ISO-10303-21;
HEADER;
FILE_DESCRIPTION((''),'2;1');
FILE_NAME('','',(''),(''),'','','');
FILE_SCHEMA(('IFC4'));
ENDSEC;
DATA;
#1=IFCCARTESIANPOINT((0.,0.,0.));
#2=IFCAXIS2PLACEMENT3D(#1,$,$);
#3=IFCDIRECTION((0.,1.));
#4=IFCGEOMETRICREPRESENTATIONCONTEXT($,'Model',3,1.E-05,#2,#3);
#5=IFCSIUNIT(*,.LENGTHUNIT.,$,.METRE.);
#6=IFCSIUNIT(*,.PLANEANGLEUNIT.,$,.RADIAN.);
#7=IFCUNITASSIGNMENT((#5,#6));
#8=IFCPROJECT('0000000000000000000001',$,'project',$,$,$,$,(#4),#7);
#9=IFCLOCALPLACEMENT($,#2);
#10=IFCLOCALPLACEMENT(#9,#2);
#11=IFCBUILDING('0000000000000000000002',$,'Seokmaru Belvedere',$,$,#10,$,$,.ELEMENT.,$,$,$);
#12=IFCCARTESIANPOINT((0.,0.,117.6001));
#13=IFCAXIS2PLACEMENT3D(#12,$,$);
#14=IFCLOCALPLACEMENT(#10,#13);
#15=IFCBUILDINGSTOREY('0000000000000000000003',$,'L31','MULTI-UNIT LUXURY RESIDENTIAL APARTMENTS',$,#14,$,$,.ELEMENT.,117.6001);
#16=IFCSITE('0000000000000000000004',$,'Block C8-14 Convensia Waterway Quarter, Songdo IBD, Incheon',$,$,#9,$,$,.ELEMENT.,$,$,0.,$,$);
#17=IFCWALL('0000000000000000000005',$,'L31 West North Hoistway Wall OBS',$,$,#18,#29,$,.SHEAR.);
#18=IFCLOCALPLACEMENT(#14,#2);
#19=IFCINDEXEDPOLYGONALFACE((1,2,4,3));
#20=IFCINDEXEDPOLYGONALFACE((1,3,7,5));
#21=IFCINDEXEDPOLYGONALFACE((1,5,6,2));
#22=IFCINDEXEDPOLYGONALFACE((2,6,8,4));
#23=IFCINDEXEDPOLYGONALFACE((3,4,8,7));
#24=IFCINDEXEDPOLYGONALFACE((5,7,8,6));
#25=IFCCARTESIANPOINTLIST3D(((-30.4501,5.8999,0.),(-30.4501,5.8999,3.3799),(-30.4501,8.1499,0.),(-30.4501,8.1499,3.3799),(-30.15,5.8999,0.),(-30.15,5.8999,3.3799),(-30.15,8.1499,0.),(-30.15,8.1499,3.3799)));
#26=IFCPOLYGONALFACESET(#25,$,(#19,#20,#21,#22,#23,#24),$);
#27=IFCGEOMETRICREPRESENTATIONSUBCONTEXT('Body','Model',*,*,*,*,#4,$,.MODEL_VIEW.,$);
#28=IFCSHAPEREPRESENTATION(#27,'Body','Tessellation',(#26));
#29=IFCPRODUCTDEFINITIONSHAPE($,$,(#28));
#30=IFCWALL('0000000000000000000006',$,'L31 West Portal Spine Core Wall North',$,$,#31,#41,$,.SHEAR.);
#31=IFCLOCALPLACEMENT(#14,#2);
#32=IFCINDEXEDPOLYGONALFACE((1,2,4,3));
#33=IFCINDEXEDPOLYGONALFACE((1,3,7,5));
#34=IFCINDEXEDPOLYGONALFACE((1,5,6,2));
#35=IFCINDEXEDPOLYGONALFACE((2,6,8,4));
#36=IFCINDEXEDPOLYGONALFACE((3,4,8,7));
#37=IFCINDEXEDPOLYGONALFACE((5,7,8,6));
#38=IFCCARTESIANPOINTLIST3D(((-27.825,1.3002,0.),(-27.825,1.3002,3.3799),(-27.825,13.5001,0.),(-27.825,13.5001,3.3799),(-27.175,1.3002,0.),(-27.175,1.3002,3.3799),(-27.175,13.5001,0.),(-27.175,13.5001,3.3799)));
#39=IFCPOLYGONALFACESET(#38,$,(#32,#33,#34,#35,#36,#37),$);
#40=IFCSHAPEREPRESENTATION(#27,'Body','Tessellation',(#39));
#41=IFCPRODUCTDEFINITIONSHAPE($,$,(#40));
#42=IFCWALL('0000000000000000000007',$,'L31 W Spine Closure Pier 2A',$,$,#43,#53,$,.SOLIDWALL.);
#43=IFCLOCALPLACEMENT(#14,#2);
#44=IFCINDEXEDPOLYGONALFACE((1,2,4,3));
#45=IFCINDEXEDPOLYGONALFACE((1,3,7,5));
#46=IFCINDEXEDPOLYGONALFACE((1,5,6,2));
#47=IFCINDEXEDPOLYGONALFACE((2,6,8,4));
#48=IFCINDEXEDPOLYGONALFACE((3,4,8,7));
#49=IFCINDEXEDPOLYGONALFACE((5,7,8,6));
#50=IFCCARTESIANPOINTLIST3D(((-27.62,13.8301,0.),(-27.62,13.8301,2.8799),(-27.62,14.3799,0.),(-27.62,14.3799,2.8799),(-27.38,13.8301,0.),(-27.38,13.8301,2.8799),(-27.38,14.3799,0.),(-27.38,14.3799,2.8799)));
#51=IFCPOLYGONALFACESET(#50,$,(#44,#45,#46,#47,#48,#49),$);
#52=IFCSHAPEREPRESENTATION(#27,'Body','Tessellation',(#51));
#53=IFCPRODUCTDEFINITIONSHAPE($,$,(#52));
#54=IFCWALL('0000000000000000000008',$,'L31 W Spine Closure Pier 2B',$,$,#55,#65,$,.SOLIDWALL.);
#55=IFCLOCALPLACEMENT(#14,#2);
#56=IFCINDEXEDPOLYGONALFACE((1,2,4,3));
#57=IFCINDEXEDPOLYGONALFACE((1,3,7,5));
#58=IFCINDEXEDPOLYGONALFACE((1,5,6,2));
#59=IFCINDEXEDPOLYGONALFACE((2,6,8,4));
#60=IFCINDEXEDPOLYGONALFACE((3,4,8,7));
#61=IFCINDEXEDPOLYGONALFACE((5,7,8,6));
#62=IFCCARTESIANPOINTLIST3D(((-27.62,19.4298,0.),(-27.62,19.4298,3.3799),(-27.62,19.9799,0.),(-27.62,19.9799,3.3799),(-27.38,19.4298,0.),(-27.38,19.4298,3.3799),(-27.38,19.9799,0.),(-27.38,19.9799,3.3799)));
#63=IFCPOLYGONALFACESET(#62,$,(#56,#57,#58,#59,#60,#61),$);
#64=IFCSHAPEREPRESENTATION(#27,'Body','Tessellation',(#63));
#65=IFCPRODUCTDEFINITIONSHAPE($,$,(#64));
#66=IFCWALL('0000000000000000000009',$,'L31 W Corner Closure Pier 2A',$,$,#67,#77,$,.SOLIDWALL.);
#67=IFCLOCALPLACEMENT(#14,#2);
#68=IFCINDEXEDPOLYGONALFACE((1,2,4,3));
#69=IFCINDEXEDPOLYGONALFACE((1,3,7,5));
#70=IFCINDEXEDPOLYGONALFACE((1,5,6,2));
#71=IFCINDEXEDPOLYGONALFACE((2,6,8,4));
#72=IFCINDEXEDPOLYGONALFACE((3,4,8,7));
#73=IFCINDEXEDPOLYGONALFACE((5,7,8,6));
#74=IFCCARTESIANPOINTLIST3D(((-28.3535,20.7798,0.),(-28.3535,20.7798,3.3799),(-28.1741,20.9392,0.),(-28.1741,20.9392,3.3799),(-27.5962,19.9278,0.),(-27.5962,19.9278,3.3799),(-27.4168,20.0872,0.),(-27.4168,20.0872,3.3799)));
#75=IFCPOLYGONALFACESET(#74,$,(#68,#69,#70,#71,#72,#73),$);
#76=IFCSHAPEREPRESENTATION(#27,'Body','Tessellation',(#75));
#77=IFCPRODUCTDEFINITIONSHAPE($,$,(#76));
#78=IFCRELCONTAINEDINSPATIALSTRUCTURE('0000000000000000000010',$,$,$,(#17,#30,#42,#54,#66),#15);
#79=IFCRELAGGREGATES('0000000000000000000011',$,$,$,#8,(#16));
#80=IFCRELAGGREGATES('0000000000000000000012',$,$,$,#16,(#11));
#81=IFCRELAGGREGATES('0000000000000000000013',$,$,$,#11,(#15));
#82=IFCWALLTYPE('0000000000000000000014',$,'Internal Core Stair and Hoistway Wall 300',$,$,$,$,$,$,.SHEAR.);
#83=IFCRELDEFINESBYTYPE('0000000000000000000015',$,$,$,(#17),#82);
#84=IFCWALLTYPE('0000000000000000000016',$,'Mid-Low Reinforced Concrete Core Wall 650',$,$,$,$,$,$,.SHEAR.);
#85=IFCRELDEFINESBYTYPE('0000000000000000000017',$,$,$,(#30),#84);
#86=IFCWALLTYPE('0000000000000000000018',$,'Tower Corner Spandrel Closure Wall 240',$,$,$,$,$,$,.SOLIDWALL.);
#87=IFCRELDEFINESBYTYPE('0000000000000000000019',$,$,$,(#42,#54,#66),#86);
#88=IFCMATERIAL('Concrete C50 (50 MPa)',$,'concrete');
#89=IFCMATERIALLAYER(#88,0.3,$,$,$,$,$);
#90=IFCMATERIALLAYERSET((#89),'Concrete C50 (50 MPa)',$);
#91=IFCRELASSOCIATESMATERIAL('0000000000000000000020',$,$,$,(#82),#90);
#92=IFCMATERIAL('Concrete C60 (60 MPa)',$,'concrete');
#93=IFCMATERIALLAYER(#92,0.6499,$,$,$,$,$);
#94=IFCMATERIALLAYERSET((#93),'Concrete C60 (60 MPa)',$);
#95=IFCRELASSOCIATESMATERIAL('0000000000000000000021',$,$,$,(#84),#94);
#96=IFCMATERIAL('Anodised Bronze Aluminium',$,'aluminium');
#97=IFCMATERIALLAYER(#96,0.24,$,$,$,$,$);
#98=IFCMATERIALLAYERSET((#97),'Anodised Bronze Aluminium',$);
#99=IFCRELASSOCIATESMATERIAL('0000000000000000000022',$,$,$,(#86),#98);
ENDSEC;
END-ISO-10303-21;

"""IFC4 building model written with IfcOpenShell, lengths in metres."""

from ifc_helpers import new_model, si_unit, direction, frame, frame_2d, origin, place, context, subcontext, project, spatial, rectangle, extrude, material, layer, layer_set, type_object, element, save


model = new_model("IFC4")

# Units and contexts
model_context = context("Model", 3, precision=1e-05, world=origin(), true_north=direction((0.0, 1.0)))
body_context = subcontext(model_context, "Body", "Model", "MODEL_VIEW")
ifc_project = project(units=[si_unit("LENGTHUNIT", "METRE"), si_unit("PLANEANGLEUNIT", "RADIAN")], contexts=[model_context])

# Site, building, storey
site_placement = place(None, origin())
site = spatial("IfcSite", under=ifc_project, at=site_placement, Name="Block C8-14 Convensia Waterway Quarter, Songdo IBD, Incheon", CompositionType="ELEMENT", RefElevation=0.0)
building_placement = place(site_placement, origin())
building = spatial("IfcBuilding", under=site, at=building_placement, Name="Seokmaru Belvedere", CompositionType="ELEMENT")
storey_placement = place(building_placement, frame((0.0, 0.0, 117.6001)))
storey = spatial("IfcBuildingStorey", under=building, at=storey_placement, Name="L31", Description="MULTI-UNIT LUXURY RESIDENTIAL APARTMENTS", CompositionType="ELEMENT", Elevation=117.6001)

# Shared definitions
ifc_material_1 = material(Name="Anodised Bronze Aluminium", Category="aluminium")

# Wall
ifc_material_2 = material(Name="Concrete C50 (50 MPa)", Category="concrete")
ifc_layer_1 = layer(ifc_material_2, 0.3)
ifc_layer_set_1 = layer_set([ifc_layer_1], Name="Concrete C50 (50 MPa)")
wall_type_1 = type_object("IfcWallType", Name="Internal Core Stair and Hoistway Wall 300", PredefinedType="SHEAR", material=ifc_layer_set_1)
wall_1_placement = place(storey_placement, frame((-30.3, 5.8999, 0.0), z_axis=(0.0, 0.0, 1.0), x_axis=(0.0, 1.0, 0.0)))
element("IfcWall", 1, at=wall_1_placement, inside=storey, type_object=wall_type_1, Name="L31 West North Hoistway Wall OBS", PredefinedType="SHEAR", context=body_context, shape_type="SweptSolid", body=[
    extrude(rectangle(XDim=2.25, YDim=0.3, at=frame_2d((1.125, 0.0))), origin(), (0.0, 0.0, 1.0), 3.3799),
])

# Walls
ifc_material_3 = material(Name="Concrete C60 (60 MPa)", Category="concrete")
ifc_layer_2 = layer(ifc_material_3, 0.6499)
ifc_layer_set_2 = layer_set([ifc_layer_2], Name="Concrete C60 (60 MPa)")
wall_type_2 = type_object("IfcWallType", Name="Mid-Low Reinforced Concrete Core Wall 650", PredefinedType="SHEAR", material=ifc_layer_set_2)
wall_2_placement = place(storey_placement, frame((-27.5, 1.3, 0.0), z_axis=(0.0, 0.0, 1.0), x_axis=(0.0, 1.0, 0.0)))
element("IfcWall", 2, at=wall_2_placement, inside=storey, type_object=wall_type_2, Name="L31 West Portal Spine Core Wall North", PredefinedType="SHEAR", context=body_context, shape_type="SweptSolid", body=[
    extrude(rectangle(XDim=12.2, YDim=0.6499, at=frame_2d((6.1001, 0.0))), origin(), (0.0, 0.0, 1.0), 3.3799),
])
ifc_layer_3 = layer(ifc_material_1, 0.24)
ifc_layer_set_3 = layer_set([ifc_layer_3], Name="Anodised Bronze Aluminium")
wall_type_3 = type_object("IfcWallType", Name="Tower Corner Spandrel Closure Wall 240", PredefinedType="SOLIDWALL", material=ifc_layer_set_3)
wall_3_placement = place(storey_placement, frame((-27.5, 13.8301, 0.0), z_axis=(0.0, 0.0, 1.0), x_axis=(0.0, 1.0, 0.0)))
element("IfcWall", 3, at=wall_3_placement, inside=storey, type_object=wall_type_3, Name="L31 W Spine Closure Pier 2A", PredefinedType="SOLIDWALL", context=body_context, shape_type="SweptSolid", body=[
    extrude(rectangle(XDim=0.5498, YDim=0.24, at=frame_2d((0.2749, 0.0))), origin(), (0.0, 0.0, 1.0), 2.8799),
])
wall_4_placement = place(storey_placement, frame((-27.5, 19.4299, 0.0), z_axis=(0.0, 0.0, 1.0), x_axis=(0.0, 1.0, 0.0)))
element("IfcWall", 4, at=wall_4_placement, inside=storey, type_object=wall_type_3, Name="L31 W Spine Closure Pier 2B", PredefinedType="SOLIDWALL", context=body_context, shape_type="SweptSolid", body=[
    extrude(rectangle(XDim=0.55, YDim=0.24, at=frame_2d((0.2749, 0.0))), origin(), (0.0, 0.0, 1.0), 3.3799),
])
wall_5_placement = place(storey_placement, frame((-27.5066, 20.0076, 0.0), z_axis=(0.0, 0.0, 1.0), x_axis=(-0.664337, 0.747433, 0.0)))
element("IfcWall", 5, at=wall_5_placement, inside=storey, type_object=wall_type_3, Name="L31 W Corner Closure Pier 2A", PredefinedType="SOLIDWALL", context=body_context, shape_type="SweptSolid", body=[
    extrude(rectangle(XDim=1.1399, YDim=0.24, at=frame_2d((0.5698, 0.0))), origin(), (0.0, 0.0, 1.0), 3.3799),
])

save(model, "model.ifc")
